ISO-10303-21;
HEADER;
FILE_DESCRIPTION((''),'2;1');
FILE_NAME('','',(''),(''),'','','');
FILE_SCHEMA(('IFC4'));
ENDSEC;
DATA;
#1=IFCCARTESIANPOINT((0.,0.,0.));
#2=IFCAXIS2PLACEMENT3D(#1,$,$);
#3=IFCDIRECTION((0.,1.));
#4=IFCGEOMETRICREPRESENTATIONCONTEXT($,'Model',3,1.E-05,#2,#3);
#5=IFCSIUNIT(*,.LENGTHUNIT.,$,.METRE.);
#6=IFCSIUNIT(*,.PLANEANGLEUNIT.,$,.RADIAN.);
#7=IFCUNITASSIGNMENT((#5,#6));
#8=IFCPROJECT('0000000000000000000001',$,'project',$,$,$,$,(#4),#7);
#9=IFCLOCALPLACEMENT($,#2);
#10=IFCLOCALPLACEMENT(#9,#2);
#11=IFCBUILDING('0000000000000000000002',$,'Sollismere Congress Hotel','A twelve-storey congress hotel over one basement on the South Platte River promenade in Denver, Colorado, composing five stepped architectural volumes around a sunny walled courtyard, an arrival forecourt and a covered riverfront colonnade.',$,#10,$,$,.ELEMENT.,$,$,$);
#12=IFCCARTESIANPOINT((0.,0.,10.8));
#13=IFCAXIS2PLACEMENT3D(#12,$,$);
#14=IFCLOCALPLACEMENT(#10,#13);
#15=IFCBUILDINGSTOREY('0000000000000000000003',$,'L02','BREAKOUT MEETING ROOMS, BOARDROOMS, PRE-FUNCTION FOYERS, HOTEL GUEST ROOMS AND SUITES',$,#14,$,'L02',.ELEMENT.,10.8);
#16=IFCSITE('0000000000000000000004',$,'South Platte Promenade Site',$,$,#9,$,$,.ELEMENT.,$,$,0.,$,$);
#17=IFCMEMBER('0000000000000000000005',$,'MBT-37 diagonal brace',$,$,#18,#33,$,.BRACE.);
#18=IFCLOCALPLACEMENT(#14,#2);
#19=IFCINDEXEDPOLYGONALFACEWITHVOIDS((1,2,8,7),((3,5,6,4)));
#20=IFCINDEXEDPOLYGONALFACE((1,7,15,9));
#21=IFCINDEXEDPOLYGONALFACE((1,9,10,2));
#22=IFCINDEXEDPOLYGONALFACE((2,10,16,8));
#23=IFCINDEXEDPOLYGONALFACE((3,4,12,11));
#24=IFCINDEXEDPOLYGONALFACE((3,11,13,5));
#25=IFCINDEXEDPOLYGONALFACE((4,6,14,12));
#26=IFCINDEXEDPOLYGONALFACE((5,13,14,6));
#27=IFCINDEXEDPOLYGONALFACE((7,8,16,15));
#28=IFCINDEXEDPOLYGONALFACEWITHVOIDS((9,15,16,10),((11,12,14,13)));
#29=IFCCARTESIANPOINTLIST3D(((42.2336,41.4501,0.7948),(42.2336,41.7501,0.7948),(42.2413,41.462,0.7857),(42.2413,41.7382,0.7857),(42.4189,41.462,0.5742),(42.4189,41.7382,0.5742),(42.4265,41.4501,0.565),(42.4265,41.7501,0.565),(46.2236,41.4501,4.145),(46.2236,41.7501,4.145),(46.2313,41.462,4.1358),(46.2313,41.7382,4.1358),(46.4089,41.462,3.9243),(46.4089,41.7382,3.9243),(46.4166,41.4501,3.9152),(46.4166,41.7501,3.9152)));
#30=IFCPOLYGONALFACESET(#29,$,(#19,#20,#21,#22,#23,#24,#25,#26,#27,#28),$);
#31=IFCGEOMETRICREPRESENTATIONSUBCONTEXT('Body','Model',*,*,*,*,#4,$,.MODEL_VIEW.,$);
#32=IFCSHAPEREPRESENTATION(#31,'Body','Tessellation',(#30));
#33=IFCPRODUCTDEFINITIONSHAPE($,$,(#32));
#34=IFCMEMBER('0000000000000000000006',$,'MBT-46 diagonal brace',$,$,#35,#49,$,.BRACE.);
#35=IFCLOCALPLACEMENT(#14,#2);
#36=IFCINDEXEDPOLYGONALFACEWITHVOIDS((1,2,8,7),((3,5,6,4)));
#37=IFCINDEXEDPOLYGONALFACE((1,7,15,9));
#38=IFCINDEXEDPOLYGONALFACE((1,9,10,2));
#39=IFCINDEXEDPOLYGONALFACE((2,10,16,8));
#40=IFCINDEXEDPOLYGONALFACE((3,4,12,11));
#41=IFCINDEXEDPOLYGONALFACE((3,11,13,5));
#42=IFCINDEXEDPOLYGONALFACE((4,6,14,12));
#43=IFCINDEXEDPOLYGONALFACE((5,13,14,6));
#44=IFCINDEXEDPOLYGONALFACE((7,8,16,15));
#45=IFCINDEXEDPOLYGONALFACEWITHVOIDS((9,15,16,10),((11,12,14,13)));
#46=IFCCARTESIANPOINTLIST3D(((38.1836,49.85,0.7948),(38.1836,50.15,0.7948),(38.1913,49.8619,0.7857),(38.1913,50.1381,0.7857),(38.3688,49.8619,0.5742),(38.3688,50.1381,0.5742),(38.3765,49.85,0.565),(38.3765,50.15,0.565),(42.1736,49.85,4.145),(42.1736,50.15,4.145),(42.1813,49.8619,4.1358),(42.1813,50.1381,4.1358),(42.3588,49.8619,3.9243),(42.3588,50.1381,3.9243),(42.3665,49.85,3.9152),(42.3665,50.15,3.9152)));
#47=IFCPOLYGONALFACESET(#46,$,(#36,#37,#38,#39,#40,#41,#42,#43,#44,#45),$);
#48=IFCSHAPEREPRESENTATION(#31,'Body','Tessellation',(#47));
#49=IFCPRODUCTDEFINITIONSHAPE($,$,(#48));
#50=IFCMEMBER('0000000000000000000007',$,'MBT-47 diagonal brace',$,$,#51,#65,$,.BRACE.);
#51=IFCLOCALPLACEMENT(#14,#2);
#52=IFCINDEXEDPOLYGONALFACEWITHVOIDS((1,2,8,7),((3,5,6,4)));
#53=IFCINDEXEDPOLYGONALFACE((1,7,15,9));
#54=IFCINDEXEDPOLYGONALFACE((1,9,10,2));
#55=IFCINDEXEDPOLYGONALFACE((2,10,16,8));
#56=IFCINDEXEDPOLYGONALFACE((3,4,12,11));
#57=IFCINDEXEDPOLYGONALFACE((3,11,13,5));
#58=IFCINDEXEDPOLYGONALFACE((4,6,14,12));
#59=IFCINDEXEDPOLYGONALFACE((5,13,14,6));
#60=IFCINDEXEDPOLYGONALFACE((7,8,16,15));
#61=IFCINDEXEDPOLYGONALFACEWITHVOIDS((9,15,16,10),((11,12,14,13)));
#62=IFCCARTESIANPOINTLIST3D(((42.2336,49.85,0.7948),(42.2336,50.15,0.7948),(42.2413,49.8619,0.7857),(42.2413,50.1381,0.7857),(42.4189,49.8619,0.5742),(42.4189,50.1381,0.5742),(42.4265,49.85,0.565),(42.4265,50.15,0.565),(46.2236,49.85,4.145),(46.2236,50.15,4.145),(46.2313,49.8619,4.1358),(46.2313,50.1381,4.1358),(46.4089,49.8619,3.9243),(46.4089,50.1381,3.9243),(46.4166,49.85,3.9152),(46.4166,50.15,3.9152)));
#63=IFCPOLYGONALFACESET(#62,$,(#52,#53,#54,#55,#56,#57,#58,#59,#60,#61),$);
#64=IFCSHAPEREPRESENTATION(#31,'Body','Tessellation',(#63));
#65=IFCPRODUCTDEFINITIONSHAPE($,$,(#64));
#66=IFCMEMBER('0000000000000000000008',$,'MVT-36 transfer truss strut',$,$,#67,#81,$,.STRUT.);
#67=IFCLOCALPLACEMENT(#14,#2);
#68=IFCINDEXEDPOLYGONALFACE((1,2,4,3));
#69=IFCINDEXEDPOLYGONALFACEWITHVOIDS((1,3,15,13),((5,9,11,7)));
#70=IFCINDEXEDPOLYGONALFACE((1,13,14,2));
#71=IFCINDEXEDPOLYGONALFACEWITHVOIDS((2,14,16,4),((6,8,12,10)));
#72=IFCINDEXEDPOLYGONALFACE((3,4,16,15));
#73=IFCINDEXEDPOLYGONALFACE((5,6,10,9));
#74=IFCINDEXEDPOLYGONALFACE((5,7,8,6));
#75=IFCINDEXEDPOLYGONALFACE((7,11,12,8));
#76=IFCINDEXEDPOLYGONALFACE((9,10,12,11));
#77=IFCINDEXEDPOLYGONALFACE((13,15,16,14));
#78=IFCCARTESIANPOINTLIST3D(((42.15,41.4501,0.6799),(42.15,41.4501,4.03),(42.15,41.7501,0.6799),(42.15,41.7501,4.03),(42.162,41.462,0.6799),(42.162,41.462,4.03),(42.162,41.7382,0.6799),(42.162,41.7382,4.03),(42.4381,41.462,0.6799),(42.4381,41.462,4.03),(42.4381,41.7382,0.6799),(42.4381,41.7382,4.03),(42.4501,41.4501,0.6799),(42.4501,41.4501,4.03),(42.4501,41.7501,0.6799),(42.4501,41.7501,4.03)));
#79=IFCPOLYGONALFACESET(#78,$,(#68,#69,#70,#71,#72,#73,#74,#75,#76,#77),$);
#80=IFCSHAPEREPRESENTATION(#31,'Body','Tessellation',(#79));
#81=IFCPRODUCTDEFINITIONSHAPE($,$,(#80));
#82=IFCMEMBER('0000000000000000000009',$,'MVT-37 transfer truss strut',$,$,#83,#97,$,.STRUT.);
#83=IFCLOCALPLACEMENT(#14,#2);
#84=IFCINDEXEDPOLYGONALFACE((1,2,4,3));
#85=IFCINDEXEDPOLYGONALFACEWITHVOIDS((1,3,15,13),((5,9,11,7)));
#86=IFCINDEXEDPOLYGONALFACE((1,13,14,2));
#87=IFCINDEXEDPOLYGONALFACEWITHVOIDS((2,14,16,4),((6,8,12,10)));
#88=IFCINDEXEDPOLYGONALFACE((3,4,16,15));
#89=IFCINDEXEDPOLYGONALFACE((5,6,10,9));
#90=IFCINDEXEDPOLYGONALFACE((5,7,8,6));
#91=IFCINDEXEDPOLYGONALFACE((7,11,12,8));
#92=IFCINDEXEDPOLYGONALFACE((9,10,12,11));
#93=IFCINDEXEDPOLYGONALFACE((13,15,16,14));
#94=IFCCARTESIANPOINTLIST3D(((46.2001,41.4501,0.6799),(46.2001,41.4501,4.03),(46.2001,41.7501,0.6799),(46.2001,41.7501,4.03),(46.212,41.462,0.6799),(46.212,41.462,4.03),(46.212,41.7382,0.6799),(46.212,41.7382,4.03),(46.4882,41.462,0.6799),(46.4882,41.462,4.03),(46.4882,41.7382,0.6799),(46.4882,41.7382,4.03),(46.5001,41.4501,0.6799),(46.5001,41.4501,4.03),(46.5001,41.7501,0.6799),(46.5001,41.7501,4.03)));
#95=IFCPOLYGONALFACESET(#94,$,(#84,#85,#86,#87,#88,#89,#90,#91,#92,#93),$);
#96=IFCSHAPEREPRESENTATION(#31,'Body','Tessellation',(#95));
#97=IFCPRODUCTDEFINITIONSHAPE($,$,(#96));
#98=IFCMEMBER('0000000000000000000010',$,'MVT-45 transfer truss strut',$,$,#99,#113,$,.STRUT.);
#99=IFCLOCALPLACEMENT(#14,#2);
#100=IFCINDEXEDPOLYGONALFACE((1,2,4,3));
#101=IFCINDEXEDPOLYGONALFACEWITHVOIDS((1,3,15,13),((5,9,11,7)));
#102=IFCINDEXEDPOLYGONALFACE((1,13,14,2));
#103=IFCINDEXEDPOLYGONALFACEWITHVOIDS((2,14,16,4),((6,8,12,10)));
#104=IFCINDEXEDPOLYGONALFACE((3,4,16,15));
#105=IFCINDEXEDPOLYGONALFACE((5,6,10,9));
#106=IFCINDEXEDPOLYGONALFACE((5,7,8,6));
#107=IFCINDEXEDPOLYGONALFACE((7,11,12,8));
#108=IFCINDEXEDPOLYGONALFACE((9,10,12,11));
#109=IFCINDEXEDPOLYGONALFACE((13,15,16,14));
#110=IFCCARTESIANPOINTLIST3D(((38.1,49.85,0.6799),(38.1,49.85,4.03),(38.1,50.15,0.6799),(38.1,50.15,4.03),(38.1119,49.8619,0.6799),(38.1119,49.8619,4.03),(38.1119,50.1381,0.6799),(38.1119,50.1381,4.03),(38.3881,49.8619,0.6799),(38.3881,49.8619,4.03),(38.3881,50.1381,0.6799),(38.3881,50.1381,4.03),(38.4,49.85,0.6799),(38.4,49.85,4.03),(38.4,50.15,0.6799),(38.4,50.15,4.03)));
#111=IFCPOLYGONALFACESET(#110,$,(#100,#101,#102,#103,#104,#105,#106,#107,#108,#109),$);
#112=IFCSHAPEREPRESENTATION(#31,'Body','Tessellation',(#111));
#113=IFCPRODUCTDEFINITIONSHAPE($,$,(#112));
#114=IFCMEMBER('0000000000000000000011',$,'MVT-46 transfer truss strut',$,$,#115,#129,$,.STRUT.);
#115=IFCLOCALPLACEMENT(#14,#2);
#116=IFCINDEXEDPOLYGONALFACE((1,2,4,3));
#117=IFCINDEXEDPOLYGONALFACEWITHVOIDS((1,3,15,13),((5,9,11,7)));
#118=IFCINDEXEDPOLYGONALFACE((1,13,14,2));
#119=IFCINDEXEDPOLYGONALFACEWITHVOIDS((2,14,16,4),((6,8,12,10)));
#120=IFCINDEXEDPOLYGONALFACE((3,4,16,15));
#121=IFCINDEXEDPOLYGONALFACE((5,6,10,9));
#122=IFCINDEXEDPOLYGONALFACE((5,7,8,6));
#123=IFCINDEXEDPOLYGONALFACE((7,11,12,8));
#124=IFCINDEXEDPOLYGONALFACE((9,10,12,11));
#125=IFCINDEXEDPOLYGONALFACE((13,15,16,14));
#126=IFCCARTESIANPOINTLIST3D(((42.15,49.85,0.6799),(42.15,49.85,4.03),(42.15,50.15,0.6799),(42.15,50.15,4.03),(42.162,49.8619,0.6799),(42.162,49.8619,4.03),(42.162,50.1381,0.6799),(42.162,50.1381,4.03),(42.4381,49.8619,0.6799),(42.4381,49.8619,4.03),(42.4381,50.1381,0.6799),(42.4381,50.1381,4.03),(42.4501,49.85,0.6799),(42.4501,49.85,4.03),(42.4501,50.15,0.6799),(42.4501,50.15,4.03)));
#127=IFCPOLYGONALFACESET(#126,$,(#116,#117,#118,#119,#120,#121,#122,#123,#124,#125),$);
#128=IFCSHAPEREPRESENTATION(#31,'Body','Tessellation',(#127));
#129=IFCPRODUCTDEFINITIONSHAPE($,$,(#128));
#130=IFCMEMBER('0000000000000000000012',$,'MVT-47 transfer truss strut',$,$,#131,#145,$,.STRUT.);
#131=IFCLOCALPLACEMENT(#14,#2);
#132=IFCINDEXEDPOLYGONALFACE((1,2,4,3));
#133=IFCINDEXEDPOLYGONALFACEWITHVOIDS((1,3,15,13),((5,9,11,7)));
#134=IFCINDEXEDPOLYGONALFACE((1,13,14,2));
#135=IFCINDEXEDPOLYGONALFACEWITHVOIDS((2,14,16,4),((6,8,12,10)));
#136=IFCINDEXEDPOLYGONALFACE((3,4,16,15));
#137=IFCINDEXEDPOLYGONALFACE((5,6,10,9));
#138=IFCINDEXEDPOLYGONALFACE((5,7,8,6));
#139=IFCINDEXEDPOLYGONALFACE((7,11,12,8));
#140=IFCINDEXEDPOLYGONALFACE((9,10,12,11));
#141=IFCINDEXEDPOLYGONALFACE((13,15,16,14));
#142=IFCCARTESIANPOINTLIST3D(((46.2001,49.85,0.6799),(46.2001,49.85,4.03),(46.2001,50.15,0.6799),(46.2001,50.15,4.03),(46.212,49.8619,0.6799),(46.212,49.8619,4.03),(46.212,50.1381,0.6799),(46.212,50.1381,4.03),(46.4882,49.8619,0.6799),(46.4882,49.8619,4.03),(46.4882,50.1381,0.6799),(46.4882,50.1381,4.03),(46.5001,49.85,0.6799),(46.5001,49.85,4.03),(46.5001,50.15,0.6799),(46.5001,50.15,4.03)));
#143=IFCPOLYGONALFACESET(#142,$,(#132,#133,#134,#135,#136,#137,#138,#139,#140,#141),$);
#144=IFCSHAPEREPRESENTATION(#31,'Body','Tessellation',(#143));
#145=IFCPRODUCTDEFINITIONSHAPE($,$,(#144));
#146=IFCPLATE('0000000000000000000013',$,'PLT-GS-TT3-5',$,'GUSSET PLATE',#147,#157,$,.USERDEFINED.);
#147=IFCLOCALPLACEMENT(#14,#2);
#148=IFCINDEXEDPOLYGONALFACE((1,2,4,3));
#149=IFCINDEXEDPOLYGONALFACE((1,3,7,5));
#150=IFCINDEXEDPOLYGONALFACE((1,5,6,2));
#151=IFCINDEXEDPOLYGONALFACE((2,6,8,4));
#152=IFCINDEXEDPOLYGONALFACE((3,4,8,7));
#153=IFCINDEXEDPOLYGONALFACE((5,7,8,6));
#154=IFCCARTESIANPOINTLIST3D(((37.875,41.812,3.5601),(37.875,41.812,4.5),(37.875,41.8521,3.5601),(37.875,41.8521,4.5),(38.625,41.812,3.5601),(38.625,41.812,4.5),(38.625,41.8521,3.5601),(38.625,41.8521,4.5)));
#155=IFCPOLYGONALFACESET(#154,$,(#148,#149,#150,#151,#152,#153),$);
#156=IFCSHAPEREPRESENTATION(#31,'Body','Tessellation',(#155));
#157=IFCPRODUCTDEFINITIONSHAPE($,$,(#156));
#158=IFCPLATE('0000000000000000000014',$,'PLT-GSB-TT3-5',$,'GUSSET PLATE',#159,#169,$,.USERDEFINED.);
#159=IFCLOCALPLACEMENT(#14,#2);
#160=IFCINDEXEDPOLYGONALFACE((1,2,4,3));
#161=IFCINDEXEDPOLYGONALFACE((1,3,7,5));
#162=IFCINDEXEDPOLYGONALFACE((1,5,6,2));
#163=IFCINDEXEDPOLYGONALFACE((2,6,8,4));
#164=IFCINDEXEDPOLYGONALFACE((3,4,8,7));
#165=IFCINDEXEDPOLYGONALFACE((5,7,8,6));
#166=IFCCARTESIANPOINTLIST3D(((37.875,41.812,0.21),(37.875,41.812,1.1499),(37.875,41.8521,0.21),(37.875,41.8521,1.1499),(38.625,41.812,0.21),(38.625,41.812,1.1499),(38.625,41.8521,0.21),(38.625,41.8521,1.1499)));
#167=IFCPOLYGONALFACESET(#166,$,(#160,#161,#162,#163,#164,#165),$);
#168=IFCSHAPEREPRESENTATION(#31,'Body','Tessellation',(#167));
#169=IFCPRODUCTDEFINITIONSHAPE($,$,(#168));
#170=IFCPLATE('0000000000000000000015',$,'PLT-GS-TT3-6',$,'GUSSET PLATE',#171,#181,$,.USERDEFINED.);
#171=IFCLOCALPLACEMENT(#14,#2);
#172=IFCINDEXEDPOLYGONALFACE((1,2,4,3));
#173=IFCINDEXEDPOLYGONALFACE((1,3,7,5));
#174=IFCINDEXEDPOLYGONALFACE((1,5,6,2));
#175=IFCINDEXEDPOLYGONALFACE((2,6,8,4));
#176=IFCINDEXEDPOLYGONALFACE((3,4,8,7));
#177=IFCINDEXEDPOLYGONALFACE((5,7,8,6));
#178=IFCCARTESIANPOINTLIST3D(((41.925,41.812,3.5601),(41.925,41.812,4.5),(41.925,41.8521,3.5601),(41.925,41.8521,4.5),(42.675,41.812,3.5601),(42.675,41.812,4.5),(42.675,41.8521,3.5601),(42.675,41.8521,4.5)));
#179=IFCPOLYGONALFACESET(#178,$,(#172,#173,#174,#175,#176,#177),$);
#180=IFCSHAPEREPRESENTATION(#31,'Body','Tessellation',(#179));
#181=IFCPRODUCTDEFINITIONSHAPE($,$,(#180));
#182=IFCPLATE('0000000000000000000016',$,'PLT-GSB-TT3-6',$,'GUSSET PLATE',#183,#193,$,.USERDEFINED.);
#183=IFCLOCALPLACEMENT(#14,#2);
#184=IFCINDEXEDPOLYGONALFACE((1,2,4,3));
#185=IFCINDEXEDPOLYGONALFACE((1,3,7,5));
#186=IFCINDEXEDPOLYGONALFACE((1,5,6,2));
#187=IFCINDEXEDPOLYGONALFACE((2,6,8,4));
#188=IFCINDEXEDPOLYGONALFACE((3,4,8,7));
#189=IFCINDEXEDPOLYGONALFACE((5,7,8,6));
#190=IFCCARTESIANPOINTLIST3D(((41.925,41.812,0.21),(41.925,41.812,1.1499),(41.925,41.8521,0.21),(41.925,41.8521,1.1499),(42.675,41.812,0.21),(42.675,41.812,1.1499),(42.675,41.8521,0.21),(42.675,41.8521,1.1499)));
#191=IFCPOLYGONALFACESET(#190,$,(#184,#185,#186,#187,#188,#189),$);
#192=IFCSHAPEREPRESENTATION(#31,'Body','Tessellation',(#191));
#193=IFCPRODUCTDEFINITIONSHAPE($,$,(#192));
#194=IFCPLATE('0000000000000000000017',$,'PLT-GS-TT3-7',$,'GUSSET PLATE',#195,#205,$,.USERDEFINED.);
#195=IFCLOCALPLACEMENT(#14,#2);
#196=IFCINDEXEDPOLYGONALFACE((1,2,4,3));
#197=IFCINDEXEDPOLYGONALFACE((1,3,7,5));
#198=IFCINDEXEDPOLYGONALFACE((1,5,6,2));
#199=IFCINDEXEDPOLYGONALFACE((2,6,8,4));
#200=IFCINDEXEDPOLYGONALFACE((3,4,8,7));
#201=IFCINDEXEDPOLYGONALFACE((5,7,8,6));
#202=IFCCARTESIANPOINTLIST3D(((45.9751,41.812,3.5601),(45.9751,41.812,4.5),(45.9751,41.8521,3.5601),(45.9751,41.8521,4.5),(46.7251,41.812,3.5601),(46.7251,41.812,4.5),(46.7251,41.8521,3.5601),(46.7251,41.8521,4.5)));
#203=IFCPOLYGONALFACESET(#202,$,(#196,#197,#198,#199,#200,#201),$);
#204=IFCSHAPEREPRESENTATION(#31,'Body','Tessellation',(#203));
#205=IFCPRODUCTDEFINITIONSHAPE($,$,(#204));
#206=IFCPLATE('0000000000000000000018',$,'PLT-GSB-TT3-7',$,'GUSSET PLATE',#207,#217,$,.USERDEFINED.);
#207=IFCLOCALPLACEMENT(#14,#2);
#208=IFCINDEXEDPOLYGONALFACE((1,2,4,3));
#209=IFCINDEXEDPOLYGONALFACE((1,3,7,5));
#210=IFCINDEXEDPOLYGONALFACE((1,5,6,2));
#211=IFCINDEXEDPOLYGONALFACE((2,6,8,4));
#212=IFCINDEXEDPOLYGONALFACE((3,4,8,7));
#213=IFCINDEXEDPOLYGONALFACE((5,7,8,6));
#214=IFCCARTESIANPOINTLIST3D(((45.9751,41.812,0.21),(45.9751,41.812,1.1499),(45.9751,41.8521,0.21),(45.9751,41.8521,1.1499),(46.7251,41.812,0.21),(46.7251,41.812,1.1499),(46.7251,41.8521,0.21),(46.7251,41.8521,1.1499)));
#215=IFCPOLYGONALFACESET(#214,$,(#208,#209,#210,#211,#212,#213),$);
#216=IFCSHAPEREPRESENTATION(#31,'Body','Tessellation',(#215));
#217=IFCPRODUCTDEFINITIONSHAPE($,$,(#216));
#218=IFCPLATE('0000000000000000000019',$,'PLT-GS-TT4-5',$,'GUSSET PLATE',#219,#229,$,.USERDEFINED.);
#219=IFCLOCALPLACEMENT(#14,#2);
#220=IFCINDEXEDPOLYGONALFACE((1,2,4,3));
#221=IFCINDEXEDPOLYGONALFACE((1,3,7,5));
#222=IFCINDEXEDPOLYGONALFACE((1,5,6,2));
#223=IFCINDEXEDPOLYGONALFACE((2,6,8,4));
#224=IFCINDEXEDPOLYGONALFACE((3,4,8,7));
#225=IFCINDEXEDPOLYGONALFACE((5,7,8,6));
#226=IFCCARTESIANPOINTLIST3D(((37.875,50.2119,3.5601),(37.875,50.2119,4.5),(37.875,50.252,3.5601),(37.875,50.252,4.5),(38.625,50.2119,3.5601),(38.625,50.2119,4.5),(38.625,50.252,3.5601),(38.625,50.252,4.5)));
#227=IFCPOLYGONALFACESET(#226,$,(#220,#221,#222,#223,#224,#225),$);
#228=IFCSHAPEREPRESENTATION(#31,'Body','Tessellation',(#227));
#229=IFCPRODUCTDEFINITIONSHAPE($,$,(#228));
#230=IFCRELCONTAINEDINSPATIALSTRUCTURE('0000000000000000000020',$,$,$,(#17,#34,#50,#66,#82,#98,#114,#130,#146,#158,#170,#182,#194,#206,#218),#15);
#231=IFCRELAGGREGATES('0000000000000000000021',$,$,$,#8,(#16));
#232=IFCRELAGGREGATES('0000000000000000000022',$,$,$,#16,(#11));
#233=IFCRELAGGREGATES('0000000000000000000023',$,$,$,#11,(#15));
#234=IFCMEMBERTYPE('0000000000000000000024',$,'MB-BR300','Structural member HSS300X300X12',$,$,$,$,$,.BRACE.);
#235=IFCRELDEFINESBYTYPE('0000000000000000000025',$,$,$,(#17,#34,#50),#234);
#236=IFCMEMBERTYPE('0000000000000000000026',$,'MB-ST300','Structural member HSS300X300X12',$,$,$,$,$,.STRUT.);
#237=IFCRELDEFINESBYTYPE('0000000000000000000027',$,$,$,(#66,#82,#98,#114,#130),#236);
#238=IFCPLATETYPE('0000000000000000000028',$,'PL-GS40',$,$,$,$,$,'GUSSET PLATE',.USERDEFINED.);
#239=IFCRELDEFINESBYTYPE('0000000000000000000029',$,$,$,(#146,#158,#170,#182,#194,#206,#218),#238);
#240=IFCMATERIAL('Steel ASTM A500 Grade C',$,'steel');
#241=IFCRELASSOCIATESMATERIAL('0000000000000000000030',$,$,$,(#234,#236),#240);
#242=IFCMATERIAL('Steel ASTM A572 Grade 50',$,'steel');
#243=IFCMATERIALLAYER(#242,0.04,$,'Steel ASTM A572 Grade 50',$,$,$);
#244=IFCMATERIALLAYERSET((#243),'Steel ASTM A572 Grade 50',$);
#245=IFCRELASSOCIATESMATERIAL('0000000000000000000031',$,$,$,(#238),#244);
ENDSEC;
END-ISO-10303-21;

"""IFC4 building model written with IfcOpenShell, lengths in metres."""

from ifc_helpers import new_model, si_unit, direction, frame, origin, origin_2d, place, context, subcontext, project, spatial, rectangle, hollow_rectangle, extrude, material, layer, layer_set, material_profile, profile_set, type_object, element, save


model = new_model("IFC4")

# Units and contexts
model_context = context("Model", 3, precision=1e-05, world=origin(), true_north=direction((0.0, 1.0)))
body_context = subcontext(model_context, "Body", "Model", "MODEL_VIEW")
ifc_project = project(units=[si_unit("LENGTHUNIT", "METRE"), si_unit("PLANEANGLEUNIT", "RADIAN")], contexts=[model_context])

# Site, building, storey
site_placement = place(None, origin())
site = spatial("IfcSite", under=ifc_project, at=site_placement, Name="South Platte Promenade Site", CompositionType="ELEMENT", RefElevation=0.0)
building_placement = place(site_placement, origin())
building = spatial("IfcBuilding", under=site, at=building_placement, Name="Sollismere Congress Hotel", Description="A twelve-storey congress hotel over one basement on the South Platte River promenade in Denver, Colorado, composing five stepped architectural volumes around a sunny walled courtyard, an arrival forecourt and a covered riverfront colonnade.", CompositionType="ELEMENT")
storey_placement = place(building_placement, frame((0.0, 0.0, 10.8)))
storey = spatial("IfcBuildingStorey", under=building, at=storey_placement, Name="L02", Description="BREAKOUT MEETING ROOMS, BOARDROOMS, PRE-FUNCTION FOYERS, HOTEL GUEST ROOMS AND SUITES", LongName="L02", CompositionType="ELEMENT", Elevation=10.8)

# Members
ifc_material_1 = material(Name="Steel ASTM A500 Grade C", Category="steel")
ifc_material_profile_1 = material_profile(ifc_material_1, hollow_rectangle(XDim=0.3, YDim=0.3, WallThickness=0.012, at=origin_2d()), Name="HSS300X300X12")
ifc_profile_set_1 = profile_set([ifc_material_profile_1], Name="Steel ASTM A500 Grade C")
member_type_1 = type_object("IfcMemberType", Name="MB-BR300", Description="Structural member HSS300X300X12", PredefinedType="BRACE", material=ifc_profile_set_1)
for number, where, z_axis, x_axis, name in (
    (1, (42.3301, 41.6001, 0.6799), (0.765846, 0.0, 0.643024), (0.0, 1.0, 0.0), "MBT-37 diagonal brace"),
    (2, (38.28, 50.0, 0.6799), (0.765846, 0.0, 0.643024), (0.0, 1.0, 0.0), "MBT-46 diagonal brace"),
    (3, (42.3301, 50.0, 0.6799), (0.765846, 0.0, 0.643024), (0.0, 1.0, 0.0), "MBT-47 diagonal brace"),
):
    element("IfcMember", number, at=place(storey_placement, frame(where, z_axis=z_axis, x_axis=x_axis)), inside=storey, type_object=member_type_1, Name=name, PredefinedType="BRACE", context=body_context, shape_type="SweptSolid", body=[
        extrude(hollow_rectangle(XDim=0.3, YDim=0.3, WallThickness=0.012, at=origin_2d()), origin(), (0.0, 0.0, 1.0), 5.21),
    ])
ifc_material_profile_2 = material_profile(ifc_material_1, hollow_rectangle(XDim=0.3, YDim=0.3, WallThickness=0.012, at=origin_2d()), Name="HSS300X300X12")
ifc_profile_set_2 = profile_set([ifc_material_profile_2], Name="Steel ASTM A500 Grade C")
member_type_2 = type_object("IfcMemberType", Name="MB-ST300", Description="Structural member HSS300X300X12", PredefinedType="STRUT", material=ifc_profile_set_2)
for number, where, z_axis, x_axis, name in (
    (4, (42.3, 41.6001, 0.6799), (0.0, 0.0, 1.0), (1.0, 0.0, 0.0), "MVT-36 transfer truss strut"),
    (5, (46.3501, 41.6001, 0.6799), (0.0, 0.0, 1.0), (1.0, 0.0, 0.0), "MVT-37 transfer truss strut"),
    (6, (38.25, 50.0, 0.6799), (0.0, 0.0, 1.0), (1.0, 0.0, 0.0), "MVT-45 transfer truss strut"),
    (7, (42.3, 50.0, 0.6799), (0.0, 0.0, 1.0), (1.0, 0.0, 0.0), "MVT-46 transfer truss strut"),
    (8, (46.3501, 50.0, 0.6799), (0.0, 0.0, 1.0), (1.0, 0.0, 0.0), "MVT-47 transfer truss strut"),
):
    element("IfcMember", number, at=place(storey_placement, frame(where, z_axis=z_axis, x_axis=x_axis)), inside=storey, type_object=member_type_2, Name=name, PredefinedType="STRUT", context=body_context, shape_type="SweptSolid", body=[
        extrude(hollow_rectangle(XDim=0.3, YDim=0.3, WallThickness=0.012, at=origin_2d()), origin(), (0.0, 0.0, 1.0), 3.3501),
    ])

# Plates
ifc_material_2 = material(Name="Steel ASTM A572 Grade 50", Category="steel")
ifc_layer = layer(ifc_material_2, 0.04, Name="Steel ASTM A572 Grade 50")
ifc_layer_set = layer_set([ifc_layer], Name="Steel ASTM A572 Grade 50")
plate_type = type_object("IfcPlateType", Name="PL-GS40", ElementType="GUSSET PLATE", PredefinedType="USERDEFINED", material=ifc_layer_set)
for number, where, z_axis, x_axis, name in (
    (9, (38.25, 41.832, 3.5601), (0.0, 0.0, 1.0), (1.0, 0.0, 0.0), "PLT-GS-TT3-5"),
    (10, (38.25, 41.832, 0.21), (0.0, 0.0, 1.0), (1.0, 0.0, 0.0), "PLT-GSB-TT3-5"),
    (11, (42.3, 41.832, 3.5601), (0.0, 0.0, 1.0), (1.0, 0.0, 0.0), "PLT-GS-TT3-6"),
    (12, (42.3, 41.832, 0.21), (0.0, 0.0, 1.0), (1.0, 0.0, 0.0), "PLT-GSB-TT3-6"),
    (13, (46.3501, 41.832, 3.5601), (0.0, 0.0, 1.0), (1.0, 0.0, 0.0), "PLT-GS-TT3-7"),
    (14, (46.3501, 41.832, 0.21), (0.0, 0.0, 1.0), (1.0, 0.0, 0.0), "PLT-GSB-TT3-7"),
    (15, (38.25, 50.2319, 3.5601), (0.0, 0.0, 1.0), (1.0, 0.0, 0.0), "PLT-GS-TT4-5"),
):
    element("IfcPlate", number, at=place(storey_placement, frame(where, z_axis=z_axis, x_axis=x_axis)), inside=storey, type_object=plate_type, Name=name, ObjectType="GUSSET PLATE", PredefinedType="USERDEFINED", context=body_context, shape_type="SweptSolid", body=[
        extrude(rectangle(XDim=0.75, YDim=0.04, at=origin_2d()), origin(), (0.0, 0.0, 1.0), 0.9399),
    ])

save(model, "model.ifc")
